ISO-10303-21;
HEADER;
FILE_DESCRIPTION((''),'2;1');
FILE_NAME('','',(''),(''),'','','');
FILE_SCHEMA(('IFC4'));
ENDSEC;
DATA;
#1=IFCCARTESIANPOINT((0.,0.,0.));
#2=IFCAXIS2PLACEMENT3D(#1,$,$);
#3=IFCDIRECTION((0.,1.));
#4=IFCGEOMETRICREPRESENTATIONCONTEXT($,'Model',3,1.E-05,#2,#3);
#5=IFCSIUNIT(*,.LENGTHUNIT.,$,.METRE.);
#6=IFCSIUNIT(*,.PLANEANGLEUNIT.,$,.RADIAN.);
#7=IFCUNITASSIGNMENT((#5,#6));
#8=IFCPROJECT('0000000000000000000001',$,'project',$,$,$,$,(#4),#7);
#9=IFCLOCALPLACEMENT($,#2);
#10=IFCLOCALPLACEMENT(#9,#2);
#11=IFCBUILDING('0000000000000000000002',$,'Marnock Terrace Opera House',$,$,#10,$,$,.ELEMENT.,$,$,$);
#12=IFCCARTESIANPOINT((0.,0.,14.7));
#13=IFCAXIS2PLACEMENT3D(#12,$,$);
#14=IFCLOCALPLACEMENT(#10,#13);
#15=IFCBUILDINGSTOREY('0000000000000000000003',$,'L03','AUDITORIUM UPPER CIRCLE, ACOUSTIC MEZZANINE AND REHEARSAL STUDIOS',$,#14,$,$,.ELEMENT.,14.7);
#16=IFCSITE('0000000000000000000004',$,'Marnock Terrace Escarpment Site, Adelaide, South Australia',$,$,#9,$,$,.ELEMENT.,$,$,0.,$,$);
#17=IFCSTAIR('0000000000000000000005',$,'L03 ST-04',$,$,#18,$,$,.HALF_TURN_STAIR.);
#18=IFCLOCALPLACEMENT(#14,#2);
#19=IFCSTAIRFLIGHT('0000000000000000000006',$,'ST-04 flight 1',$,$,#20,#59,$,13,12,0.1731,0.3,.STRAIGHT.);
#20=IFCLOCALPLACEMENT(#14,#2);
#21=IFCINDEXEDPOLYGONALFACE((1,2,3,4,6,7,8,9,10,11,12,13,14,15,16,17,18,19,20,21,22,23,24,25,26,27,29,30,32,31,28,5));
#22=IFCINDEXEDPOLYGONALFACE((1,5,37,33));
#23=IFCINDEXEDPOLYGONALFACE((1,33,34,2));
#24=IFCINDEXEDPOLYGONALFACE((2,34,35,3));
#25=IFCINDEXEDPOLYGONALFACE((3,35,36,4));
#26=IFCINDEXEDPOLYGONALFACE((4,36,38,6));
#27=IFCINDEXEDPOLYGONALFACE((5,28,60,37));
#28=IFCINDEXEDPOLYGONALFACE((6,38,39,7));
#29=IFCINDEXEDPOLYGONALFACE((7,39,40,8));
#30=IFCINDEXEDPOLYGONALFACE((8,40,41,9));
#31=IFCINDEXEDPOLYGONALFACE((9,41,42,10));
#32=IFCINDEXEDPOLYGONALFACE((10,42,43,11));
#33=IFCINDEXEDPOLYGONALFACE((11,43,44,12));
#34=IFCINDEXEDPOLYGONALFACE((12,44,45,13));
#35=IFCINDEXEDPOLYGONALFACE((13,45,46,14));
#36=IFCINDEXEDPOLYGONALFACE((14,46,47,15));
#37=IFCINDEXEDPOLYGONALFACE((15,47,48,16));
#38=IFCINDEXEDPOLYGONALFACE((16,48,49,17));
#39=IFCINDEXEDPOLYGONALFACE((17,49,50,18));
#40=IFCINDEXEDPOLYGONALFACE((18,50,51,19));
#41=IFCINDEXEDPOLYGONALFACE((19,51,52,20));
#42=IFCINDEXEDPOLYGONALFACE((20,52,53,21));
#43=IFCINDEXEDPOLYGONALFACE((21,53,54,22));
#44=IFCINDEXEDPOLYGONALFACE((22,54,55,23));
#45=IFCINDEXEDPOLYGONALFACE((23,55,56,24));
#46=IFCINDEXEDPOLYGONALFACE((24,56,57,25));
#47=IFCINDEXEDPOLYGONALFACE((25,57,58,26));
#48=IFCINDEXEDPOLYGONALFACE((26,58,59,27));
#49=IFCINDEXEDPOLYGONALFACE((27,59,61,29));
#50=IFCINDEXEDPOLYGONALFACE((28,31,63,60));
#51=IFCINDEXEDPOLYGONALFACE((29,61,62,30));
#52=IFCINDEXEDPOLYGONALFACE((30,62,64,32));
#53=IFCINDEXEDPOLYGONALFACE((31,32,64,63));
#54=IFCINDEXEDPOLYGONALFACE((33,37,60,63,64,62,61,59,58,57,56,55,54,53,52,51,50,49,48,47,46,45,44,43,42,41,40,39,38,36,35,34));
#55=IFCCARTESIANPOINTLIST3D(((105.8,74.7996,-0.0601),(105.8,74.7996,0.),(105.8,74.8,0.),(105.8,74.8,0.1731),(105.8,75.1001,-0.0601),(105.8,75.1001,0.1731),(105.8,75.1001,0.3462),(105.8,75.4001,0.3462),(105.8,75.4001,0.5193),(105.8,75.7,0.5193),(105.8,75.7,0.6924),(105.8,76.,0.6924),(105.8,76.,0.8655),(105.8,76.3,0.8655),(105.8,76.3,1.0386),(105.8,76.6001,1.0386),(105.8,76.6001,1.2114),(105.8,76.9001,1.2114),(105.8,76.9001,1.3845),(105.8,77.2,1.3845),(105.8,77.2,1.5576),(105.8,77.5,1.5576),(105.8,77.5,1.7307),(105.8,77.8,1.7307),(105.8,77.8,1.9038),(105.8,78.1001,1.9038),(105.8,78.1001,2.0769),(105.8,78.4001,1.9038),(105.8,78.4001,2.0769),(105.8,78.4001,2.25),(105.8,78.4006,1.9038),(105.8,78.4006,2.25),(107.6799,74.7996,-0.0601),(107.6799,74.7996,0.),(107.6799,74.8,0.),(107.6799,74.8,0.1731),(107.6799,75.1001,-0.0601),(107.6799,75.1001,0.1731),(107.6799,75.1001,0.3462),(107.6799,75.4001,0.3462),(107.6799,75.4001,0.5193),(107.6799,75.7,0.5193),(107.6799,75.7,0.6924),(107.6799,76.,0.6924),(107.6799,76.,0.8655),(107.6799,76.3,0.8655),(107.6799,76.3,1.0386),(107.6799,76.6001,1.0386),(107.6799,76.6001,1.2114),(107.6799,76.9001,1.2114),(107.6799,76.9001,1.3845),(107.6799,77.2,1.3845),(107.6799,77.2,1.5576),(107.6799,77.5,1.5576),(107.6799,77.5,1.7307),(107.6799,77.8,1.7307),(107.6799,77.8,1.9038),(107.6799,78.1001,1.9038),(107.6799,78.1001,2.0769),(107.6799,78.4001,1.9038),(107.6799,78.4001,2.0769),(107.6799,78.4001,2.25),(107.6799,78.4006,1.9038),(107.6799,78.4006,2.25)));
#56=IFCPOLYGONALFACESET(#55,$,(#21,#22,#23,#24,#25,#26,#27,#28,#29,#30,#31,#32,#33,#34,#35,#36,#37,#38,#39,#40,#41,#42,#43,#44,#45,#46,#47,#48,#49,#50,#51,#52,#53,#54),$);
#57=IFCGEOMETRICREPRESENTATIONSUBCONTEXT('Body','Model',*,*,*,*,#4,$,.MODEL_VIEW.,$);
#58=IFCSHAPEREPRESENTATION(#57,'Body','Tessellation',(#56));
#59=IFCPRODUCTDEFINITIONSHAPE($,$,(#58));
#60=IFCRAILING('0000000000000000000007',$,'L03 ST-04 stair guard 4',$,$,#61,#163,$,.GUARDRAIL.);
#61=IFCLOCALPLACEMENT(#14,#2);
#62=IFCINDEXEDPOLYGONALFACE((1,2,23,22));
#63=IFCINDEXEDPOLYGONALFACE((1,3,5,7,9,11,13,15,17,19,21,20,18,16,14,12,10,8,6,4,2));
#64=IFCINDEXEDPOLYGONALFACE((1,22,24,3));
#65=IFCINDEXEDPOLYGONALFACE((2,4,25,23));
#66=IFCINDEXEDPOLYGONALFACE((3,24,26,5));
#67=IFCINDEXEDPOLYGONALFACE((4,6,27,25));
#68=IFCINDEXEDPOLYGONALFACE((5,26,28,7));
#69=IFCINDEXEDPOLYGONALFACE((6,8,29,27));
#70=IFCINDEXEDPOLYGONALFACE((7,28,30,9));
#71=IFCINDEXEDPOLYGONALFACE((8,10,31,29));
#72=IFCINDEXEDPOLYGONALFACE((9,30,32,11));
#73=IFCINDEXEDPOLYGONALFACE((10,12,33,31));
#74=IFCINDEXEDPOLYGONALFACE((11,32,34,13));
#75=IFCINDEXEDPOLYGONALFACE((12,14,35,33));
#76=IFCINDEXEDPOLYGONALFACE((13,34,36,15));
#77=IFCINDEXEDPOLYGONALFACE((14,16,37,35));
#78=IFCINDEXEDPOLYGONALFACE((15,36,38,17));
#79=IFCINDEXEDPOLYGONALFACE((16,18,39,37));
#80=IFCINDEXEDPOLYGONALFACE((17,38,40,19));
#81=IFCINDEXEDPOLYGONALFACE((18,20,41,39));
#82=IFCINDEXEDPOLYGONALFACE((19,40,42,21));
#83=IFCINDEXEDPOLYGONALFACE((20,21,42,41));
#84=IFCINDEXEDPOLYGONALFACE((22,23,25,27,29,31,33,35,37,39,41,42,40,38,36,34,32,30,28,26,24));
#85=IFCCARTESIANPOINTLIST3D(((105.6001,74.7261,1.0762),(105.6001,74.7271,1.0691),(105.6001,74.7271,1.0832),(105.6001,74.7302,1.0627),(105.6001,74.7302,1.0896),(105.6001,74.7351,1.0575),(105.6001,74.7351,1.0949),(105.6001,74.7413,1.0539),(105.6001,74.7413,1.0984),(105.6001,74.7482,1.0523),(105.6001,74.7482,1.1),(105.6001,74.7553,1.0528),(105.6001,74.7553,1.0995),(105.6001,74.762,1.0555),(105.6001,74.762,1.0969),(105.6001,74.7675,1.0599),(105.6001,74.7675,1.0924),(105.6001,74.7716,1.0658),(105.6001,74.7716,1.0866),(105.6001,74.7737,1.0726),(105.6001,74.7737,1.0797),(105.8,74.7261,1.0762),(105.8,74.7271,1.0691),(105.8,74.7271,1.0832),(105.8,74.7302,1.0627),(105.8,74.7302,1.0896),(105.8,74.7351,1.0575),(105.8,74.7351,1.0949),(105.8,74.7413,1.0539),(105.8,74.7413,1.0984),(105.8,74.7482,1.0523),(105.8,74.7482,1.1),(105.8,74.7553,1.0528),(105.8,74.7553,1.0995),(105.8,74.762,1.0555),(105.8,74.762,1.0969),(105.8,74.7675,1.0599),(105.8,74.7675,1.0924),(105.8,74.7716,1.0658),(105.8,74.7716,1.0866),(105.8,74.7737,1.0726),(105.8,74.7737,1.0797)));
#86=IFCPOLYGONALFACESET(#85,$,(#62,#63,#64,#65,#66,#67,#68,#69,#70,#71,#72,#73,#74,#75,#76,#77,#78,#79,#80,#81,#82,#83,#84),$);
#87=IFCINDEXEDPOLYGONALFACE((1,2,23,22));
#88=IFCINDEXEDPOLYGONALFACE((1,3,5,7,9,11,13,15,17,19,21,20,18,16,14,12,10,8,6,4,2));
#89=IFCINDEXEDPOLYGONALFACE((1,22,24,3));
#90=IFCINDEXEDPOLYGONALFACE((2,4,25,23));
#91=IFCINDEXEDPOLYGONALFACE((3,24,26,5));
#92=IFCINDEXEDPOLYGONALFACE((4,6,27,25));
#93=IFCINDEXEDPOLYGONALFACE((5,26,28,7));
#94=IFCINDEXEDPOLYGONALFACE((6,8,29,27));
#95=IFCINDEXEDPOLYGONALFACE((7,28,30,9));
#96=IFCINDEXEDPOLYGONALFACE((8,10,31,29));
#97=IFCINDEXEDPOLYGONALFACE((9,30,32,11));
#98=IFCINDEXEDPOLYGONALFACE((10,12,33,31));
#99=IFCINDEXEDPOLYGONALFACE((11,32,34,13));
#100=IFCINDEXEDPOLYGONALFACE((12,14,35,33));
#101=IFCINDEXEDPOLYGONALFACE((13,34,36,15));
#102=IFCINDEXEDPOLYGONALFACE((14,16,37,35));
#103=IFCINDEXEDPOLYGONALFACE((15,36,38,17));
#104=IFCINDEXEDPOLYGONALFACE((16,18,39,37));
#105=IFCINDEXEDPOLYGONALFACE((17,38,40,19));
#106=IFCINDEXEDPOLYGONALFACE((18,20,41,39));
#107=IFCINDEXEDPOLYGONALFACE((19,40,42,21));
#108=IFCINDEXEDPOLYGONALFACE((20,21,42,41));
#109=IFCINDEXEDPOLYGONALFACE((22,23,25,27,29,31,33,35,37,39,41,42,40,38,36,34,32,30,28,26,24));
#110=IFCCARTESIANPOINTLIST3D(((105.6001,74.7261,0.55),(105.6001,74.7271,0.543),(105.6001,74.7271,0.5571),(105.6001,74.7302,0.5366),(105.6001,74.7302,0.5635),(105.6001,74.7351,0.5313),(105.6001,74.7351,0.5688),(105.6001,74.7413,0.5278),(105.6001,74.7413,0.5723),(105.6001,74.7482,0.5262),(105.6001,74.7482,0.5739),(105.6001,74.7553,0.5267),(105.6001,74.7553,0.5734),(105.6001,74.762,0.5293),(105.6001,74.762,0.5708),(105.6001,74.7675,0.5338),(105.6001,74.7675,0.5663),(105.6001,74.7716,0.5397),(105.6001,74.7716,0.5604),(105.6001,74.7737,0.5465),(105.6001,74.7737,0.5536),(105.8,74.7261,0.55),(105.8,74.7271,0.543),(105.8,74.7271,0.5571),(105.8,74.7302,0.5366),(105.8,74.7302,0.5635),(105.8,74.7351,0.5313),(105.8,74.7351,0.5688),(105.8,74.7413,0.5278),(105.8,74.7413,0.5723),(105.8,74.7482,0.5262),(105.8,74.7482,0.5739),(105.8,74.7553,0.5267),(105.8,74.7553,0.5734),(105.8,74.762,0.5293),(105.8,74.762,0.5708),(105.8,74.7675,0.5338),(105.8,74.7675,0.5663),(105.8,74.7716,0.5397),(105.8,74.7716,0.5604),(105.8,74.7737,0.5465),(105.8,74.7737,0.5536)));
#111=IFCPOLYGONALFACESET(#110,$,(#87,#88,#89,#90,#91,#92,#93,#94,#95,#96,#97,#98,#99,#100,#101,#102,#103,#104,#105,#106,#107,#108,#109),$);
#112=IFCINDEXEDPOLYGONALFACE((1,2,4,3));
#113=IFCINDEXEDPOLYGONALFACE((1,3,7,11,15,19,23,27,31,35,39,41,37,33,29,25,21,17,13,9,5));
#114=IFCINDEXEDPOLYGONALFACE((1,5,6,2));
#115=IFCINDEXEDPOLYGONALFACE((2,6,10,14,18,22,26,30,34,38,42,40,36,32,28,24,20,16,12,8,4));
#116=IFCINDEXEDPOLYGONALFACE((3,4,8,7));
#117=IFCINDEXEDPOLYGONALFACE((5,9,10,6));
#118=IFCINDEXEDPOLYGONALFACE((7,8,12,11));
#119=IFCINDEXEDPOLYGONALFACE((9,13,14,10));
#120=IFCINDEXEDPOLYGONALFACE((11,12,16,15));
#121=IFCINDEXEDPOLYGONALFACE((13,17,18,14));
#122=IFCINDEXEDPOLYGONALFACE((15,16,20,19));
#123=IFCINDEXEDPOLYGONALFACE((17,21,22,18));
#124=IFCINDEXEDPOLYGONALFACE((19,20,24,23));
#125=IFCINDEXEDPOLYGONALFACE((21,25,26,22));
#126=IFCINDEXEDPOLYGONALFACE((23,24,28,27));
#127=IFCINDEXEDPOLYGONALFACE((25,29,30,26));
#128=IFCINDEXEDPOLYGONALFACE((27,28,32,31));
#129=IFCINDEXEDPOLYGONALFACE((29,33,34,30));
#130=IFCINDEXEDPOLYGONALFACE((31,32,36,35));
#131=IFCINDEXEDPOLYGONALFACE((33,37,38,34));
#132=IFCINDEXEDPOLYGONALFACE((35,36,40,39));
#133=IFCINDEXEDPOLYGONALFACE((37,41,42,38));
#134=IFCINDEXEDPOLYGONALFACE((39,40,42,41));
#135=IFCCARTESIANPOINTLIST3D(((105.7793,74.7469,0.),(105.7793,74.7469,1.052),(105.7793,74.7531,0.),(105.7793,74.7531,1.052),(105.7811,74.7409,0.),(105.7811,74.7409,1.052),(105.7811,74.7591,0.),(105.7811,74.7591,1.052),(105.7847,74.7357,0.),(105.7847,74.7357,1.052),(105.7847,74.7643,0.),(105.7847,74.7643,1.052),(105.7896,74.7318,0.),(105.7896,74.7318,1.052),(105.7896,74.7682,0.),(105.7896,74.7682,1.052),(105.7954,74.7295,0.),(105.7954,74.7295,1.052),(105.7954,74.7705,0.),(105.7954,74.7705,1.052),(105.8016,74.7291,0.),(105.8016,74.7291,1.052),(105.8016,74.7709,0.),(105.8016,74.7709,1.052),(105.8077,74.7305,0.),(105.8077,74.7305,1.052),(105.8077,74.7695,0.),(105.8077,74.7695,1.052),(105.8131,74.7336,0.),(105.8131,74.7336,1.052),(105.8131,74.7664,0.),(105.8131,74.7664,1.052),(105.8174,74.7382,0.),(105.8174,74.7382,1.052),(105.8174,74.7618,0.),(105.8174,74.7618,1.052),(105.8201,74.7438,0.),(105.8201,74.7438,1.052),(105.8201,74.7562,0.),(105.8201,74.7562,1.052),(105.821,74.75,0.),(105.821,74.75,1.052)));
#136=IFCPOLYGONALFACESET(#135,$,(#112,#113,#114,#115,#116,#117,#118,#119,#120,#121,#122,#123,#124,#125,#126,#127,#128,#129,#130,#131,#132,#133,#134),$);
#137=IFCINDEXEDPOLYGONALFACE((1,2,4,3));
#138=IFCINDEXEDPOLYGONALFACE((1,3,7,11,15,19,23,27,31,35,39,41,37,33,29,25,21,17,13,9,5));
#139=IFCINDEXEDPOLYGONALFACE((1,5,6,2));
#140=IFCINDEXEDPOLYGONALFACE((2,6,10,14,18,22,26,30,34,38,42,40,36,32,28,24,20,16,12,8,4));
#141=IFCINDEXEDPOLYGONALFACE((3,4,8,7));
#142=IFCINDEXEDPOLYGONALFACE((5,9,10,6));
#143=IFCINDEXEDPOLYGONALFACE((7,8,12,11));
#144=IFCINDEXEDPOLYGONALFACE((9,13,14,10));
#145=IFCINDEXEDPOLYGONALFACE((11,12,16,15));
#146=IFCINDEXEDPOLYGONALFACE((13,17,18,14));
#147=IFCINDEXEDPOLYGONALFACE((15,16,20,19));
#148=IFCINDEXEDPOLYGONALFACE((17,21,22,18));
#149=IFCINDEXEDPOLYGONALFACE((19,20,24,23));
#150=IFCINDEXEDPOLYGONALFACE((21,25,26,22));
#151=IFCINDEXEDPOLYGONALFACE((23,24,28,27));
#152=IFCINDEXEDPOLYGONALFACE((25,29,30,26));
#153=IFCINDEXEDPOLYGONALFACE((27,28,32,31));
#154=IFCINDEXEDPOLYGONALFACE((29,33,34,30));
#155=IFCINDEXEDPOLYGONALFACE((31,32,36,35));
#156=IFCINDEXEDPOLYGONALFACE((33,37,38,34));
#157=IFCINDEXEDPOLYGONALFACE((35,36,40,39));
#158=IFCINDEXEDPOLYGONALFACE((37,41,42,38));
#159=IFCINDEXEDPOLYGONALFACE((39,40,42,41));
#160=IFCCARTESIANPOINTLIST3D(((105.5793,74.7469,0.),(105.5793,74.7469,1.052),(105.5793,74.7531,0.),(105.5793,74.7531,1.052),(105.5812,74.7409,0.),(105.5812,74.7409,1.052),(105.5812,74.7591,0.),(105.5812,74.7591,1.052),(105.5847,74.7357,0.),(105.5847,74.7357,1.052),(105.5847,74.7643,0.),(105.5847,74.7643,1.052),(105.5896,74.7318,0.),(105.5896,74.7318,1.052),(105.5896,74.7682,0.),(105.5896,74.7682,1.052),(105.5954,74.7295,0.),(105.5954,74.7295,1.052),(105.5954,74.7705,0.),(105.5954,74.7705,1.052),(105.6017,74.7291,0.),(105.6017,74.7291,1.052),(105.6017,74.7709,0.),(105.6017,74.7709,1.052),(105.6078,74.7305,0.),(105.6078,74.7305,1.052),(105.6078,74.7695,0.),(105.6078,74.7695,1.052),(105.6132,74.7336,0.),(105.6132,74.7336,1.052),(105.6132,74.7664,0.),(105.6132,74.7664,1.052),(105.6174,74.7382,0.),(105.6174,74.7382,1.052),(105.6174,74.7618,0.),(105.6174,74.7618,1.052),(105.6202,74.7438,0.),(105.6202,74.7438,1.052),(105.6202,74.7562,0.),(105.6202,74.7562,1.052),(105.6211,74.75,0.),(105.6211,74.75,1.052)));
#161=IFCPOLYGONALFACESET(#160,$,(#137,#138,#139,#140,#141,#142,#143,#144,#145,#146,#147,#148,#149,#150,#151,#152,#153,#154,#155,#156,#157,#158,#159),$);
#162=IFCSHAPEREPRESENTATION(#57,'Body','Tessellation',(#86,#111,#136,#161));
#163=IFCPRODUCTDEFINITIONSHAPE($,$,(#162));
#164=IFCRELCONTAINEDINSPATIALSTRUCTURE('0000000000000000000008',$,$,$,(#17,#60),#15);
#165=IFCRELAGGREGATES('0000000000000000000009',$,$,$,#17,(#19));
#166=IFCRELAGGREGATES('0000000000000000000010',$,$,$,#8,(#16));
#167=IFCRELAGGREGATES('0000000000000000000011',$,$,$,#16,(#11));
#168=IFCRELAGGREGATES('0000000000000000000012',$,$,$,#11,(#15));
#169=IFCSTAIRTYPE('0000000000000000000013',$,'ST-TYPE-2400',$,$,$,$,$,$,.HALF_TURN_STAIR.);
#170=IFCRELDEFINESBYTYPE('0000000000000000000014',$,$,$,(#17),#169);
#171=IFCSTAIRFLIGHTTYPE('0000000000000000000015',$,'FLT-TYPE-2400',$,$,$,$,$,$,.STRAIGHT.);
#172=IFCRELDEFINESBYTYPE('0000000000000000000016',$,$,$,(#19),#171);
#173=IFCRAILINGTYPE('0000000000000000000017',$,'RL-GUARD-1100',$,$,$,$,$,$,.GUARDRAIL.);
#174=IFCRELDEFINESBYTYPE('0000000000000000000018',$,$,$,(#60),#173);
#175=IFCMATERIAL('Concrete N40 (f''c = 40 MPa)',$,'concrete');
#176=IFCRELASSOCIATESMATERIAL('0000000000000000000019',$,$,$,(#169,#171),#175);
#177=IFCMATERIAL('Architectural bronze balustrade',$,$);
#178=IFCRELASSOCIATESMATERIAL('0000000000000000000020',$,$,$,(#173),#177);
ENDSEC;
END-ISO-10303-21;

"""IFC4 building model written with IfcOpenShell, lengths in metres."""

from ifc_helpers import new_model, si_unit, direction, frame, origin, origin_2d, place, context, subcontext, project, spatial, polyline, circle, outline, extrude, material, type_object, element, aggregate, save


model = new_model("IFC4")

# Units and contexts
model_context = context("Model", 3, precision=1e-05, world=origin(), true_north=direction((0.0, 1.0)))
body_context = subcontext(model_context, "Body", "Model", "MODEL_VIEW")
ifc_project = project(units=[si_unit("LENGTHUNIT", "METRE"), si_unit("PLANEANGLEUNIT", "RADIAN")], contexts=[model_context])

# Site, building, storey
site_placement = place(None, origin())
site = spatial("IfcSite", under=ifc_project, at=site_placement, Name="Marnock Terrace Escarpment Site, Adelaide, South Australia", CompositionType="ELEMENT", RefElevation=0.0)
building_placement = place(site_placement, origin())
building = spatial("IfcBuilding", under=site, at=building_placement, Name="Marnock Terrace Opera House", CompositionType="ELEMENT")
storey_placement = place(building_placement, frame((0.0, 0.0, 14.7)))
storey = spatial("IfcBuildingStorey", under=building, at=storey_placement, Name="L03", Description="AUDITORIUM UPPER CIRCLE, ACOUSTIC MEZZANINE AND REHEARSAL STUDIOS", CompositionType="ELEMENT", Elevation=14.7)

# Shared definitions
ifc_material_1 = material(Name="Concrete N40 (f'c = 40 MPa)", Category="concrete")

# Stair, stair flight
stair_type = type_object("IfcStairType", Name="ST-TYPE-2400", PredefinedType="HALF_TURN_STAIR", material=ifc_material_1)
stair_placement = place(storey_placement, origin())
stair = element("IfcStair", 1, at=stair_placement, inside=storey, type_object=stair_type, Name="L03 ST-04", PredefinedType="HALF_TURN_STAIR")
stair_flight_type = type_object("IfcStairFlightType", Name="FLT-TYPE-2400", PredefinedType="STRAIGHT", material=ifc_material_1)
stair_flight_placement = place(storey_placement, frame((106.74, 74.8, 0.0), z_axis=(0.0, 0.0, 1.0), x_axis=(0.0, 1.0, 0.0)))
stair_flight = element("IfcStairFlight", 2, at=stair_flight_placement, type_object=stair_flight_type, Name="ST-04 flight 1", NumberOfRisers=13, NumberOfTreads=12, PredefinedType="STRAIGHT", RiserHeight=0.1731, TreadLength=0.3, context=body_context, shape_type="SweptSolid", body=[
    extrude(outline(polyline([(-0.0005, -0.0601), (-0.0005, 0.0), (0.0, 0.0), (0.0, 0.1731), (0.3, 0.1731), (0.3, 0.3462), (0.6001, 0.3462), (0.6001, 0.5193), (0.8999, 0.5193), (0.8999, 0.6924), (1.2, 0.6924), (1.2, 0.8655), (1.5, 0.8655), (1.5, 1.0386), (1.8, 1.0386), (1.8, 1.2114), (2.1001, 1.2114), (2.1001, 1.3845), (2.3999, 1.3845), (2.3999, 1.5576), (2.7, 1.5576), (2.7, 1.7307), (3.0, 1.7307), (3.0, 1.9038), (3.3, 1.9038), (3.3, 2.0769), (3.6001, 2.0769), (3.6001, 2.25), (3.6006, 2.25), (3.6006, 1.9038), (3.6001, 1.9038), (0.3, -0.0601), (-0.0005, -0.0601)])), frame((0.0, 0.9399, 0.0), z_axis=(0.0, -1.0, 0.0), x_axis=(1.0, 0.0, 0.0)), (0.0, 0.0, 1.0), 1.8799),
])
aggregate(stair, [stair_flight])

# Railing
ifc_material_2 = material(Name="Architectural bronze balustrade")
railing_type_1 = type_object("IfcRailingType", Name="RL-GUARD-1100", PredefinedType="GUARDRAIL", material=ifc_material_2)
railing_1_placement = place(storey_placement, frame((105.8, 74.75, 0.0)))
element("IfcRailing", 3, at=railing_1_placement, inside=storey, type_object=railing_type_1, Name="L03 ST-04 stair guard 4", PredefinedType="GUARDRAIL", context=body_context, shape_type="SweptSolid", body=[
    extrude(circle(Radius=0.0239, at=origin_2d()), frame((0.0, 0.0, 1.0762), z_axis=(-1.0, 0.0, 0.0), x_axis=(0.0, -1.0, 0.0)), (0.0, 0.0, 1.0), 0.2),
    extrude(circle(Radius=0.0239, at=origin_2d()), frame((0.0, 0.0, 0.55), z_axis=(-1.0, 0.0, 0.0), x_axis=(0.0, -1.0, 0.0)), (0.0, 0.0, 1.0), 0.2),
    extrude(circle(Radius=0.021, at=origin_2d()), origin(), (0.0, 0.0, 1.0), 1.052),
    extrude(circle(Radius=0.021, at=origin_2d()), frame((-0.2, 0.0, 0.0)), (0.0, 0.0, 1.0), 1.052),
])

save(model, "model.ifc")
